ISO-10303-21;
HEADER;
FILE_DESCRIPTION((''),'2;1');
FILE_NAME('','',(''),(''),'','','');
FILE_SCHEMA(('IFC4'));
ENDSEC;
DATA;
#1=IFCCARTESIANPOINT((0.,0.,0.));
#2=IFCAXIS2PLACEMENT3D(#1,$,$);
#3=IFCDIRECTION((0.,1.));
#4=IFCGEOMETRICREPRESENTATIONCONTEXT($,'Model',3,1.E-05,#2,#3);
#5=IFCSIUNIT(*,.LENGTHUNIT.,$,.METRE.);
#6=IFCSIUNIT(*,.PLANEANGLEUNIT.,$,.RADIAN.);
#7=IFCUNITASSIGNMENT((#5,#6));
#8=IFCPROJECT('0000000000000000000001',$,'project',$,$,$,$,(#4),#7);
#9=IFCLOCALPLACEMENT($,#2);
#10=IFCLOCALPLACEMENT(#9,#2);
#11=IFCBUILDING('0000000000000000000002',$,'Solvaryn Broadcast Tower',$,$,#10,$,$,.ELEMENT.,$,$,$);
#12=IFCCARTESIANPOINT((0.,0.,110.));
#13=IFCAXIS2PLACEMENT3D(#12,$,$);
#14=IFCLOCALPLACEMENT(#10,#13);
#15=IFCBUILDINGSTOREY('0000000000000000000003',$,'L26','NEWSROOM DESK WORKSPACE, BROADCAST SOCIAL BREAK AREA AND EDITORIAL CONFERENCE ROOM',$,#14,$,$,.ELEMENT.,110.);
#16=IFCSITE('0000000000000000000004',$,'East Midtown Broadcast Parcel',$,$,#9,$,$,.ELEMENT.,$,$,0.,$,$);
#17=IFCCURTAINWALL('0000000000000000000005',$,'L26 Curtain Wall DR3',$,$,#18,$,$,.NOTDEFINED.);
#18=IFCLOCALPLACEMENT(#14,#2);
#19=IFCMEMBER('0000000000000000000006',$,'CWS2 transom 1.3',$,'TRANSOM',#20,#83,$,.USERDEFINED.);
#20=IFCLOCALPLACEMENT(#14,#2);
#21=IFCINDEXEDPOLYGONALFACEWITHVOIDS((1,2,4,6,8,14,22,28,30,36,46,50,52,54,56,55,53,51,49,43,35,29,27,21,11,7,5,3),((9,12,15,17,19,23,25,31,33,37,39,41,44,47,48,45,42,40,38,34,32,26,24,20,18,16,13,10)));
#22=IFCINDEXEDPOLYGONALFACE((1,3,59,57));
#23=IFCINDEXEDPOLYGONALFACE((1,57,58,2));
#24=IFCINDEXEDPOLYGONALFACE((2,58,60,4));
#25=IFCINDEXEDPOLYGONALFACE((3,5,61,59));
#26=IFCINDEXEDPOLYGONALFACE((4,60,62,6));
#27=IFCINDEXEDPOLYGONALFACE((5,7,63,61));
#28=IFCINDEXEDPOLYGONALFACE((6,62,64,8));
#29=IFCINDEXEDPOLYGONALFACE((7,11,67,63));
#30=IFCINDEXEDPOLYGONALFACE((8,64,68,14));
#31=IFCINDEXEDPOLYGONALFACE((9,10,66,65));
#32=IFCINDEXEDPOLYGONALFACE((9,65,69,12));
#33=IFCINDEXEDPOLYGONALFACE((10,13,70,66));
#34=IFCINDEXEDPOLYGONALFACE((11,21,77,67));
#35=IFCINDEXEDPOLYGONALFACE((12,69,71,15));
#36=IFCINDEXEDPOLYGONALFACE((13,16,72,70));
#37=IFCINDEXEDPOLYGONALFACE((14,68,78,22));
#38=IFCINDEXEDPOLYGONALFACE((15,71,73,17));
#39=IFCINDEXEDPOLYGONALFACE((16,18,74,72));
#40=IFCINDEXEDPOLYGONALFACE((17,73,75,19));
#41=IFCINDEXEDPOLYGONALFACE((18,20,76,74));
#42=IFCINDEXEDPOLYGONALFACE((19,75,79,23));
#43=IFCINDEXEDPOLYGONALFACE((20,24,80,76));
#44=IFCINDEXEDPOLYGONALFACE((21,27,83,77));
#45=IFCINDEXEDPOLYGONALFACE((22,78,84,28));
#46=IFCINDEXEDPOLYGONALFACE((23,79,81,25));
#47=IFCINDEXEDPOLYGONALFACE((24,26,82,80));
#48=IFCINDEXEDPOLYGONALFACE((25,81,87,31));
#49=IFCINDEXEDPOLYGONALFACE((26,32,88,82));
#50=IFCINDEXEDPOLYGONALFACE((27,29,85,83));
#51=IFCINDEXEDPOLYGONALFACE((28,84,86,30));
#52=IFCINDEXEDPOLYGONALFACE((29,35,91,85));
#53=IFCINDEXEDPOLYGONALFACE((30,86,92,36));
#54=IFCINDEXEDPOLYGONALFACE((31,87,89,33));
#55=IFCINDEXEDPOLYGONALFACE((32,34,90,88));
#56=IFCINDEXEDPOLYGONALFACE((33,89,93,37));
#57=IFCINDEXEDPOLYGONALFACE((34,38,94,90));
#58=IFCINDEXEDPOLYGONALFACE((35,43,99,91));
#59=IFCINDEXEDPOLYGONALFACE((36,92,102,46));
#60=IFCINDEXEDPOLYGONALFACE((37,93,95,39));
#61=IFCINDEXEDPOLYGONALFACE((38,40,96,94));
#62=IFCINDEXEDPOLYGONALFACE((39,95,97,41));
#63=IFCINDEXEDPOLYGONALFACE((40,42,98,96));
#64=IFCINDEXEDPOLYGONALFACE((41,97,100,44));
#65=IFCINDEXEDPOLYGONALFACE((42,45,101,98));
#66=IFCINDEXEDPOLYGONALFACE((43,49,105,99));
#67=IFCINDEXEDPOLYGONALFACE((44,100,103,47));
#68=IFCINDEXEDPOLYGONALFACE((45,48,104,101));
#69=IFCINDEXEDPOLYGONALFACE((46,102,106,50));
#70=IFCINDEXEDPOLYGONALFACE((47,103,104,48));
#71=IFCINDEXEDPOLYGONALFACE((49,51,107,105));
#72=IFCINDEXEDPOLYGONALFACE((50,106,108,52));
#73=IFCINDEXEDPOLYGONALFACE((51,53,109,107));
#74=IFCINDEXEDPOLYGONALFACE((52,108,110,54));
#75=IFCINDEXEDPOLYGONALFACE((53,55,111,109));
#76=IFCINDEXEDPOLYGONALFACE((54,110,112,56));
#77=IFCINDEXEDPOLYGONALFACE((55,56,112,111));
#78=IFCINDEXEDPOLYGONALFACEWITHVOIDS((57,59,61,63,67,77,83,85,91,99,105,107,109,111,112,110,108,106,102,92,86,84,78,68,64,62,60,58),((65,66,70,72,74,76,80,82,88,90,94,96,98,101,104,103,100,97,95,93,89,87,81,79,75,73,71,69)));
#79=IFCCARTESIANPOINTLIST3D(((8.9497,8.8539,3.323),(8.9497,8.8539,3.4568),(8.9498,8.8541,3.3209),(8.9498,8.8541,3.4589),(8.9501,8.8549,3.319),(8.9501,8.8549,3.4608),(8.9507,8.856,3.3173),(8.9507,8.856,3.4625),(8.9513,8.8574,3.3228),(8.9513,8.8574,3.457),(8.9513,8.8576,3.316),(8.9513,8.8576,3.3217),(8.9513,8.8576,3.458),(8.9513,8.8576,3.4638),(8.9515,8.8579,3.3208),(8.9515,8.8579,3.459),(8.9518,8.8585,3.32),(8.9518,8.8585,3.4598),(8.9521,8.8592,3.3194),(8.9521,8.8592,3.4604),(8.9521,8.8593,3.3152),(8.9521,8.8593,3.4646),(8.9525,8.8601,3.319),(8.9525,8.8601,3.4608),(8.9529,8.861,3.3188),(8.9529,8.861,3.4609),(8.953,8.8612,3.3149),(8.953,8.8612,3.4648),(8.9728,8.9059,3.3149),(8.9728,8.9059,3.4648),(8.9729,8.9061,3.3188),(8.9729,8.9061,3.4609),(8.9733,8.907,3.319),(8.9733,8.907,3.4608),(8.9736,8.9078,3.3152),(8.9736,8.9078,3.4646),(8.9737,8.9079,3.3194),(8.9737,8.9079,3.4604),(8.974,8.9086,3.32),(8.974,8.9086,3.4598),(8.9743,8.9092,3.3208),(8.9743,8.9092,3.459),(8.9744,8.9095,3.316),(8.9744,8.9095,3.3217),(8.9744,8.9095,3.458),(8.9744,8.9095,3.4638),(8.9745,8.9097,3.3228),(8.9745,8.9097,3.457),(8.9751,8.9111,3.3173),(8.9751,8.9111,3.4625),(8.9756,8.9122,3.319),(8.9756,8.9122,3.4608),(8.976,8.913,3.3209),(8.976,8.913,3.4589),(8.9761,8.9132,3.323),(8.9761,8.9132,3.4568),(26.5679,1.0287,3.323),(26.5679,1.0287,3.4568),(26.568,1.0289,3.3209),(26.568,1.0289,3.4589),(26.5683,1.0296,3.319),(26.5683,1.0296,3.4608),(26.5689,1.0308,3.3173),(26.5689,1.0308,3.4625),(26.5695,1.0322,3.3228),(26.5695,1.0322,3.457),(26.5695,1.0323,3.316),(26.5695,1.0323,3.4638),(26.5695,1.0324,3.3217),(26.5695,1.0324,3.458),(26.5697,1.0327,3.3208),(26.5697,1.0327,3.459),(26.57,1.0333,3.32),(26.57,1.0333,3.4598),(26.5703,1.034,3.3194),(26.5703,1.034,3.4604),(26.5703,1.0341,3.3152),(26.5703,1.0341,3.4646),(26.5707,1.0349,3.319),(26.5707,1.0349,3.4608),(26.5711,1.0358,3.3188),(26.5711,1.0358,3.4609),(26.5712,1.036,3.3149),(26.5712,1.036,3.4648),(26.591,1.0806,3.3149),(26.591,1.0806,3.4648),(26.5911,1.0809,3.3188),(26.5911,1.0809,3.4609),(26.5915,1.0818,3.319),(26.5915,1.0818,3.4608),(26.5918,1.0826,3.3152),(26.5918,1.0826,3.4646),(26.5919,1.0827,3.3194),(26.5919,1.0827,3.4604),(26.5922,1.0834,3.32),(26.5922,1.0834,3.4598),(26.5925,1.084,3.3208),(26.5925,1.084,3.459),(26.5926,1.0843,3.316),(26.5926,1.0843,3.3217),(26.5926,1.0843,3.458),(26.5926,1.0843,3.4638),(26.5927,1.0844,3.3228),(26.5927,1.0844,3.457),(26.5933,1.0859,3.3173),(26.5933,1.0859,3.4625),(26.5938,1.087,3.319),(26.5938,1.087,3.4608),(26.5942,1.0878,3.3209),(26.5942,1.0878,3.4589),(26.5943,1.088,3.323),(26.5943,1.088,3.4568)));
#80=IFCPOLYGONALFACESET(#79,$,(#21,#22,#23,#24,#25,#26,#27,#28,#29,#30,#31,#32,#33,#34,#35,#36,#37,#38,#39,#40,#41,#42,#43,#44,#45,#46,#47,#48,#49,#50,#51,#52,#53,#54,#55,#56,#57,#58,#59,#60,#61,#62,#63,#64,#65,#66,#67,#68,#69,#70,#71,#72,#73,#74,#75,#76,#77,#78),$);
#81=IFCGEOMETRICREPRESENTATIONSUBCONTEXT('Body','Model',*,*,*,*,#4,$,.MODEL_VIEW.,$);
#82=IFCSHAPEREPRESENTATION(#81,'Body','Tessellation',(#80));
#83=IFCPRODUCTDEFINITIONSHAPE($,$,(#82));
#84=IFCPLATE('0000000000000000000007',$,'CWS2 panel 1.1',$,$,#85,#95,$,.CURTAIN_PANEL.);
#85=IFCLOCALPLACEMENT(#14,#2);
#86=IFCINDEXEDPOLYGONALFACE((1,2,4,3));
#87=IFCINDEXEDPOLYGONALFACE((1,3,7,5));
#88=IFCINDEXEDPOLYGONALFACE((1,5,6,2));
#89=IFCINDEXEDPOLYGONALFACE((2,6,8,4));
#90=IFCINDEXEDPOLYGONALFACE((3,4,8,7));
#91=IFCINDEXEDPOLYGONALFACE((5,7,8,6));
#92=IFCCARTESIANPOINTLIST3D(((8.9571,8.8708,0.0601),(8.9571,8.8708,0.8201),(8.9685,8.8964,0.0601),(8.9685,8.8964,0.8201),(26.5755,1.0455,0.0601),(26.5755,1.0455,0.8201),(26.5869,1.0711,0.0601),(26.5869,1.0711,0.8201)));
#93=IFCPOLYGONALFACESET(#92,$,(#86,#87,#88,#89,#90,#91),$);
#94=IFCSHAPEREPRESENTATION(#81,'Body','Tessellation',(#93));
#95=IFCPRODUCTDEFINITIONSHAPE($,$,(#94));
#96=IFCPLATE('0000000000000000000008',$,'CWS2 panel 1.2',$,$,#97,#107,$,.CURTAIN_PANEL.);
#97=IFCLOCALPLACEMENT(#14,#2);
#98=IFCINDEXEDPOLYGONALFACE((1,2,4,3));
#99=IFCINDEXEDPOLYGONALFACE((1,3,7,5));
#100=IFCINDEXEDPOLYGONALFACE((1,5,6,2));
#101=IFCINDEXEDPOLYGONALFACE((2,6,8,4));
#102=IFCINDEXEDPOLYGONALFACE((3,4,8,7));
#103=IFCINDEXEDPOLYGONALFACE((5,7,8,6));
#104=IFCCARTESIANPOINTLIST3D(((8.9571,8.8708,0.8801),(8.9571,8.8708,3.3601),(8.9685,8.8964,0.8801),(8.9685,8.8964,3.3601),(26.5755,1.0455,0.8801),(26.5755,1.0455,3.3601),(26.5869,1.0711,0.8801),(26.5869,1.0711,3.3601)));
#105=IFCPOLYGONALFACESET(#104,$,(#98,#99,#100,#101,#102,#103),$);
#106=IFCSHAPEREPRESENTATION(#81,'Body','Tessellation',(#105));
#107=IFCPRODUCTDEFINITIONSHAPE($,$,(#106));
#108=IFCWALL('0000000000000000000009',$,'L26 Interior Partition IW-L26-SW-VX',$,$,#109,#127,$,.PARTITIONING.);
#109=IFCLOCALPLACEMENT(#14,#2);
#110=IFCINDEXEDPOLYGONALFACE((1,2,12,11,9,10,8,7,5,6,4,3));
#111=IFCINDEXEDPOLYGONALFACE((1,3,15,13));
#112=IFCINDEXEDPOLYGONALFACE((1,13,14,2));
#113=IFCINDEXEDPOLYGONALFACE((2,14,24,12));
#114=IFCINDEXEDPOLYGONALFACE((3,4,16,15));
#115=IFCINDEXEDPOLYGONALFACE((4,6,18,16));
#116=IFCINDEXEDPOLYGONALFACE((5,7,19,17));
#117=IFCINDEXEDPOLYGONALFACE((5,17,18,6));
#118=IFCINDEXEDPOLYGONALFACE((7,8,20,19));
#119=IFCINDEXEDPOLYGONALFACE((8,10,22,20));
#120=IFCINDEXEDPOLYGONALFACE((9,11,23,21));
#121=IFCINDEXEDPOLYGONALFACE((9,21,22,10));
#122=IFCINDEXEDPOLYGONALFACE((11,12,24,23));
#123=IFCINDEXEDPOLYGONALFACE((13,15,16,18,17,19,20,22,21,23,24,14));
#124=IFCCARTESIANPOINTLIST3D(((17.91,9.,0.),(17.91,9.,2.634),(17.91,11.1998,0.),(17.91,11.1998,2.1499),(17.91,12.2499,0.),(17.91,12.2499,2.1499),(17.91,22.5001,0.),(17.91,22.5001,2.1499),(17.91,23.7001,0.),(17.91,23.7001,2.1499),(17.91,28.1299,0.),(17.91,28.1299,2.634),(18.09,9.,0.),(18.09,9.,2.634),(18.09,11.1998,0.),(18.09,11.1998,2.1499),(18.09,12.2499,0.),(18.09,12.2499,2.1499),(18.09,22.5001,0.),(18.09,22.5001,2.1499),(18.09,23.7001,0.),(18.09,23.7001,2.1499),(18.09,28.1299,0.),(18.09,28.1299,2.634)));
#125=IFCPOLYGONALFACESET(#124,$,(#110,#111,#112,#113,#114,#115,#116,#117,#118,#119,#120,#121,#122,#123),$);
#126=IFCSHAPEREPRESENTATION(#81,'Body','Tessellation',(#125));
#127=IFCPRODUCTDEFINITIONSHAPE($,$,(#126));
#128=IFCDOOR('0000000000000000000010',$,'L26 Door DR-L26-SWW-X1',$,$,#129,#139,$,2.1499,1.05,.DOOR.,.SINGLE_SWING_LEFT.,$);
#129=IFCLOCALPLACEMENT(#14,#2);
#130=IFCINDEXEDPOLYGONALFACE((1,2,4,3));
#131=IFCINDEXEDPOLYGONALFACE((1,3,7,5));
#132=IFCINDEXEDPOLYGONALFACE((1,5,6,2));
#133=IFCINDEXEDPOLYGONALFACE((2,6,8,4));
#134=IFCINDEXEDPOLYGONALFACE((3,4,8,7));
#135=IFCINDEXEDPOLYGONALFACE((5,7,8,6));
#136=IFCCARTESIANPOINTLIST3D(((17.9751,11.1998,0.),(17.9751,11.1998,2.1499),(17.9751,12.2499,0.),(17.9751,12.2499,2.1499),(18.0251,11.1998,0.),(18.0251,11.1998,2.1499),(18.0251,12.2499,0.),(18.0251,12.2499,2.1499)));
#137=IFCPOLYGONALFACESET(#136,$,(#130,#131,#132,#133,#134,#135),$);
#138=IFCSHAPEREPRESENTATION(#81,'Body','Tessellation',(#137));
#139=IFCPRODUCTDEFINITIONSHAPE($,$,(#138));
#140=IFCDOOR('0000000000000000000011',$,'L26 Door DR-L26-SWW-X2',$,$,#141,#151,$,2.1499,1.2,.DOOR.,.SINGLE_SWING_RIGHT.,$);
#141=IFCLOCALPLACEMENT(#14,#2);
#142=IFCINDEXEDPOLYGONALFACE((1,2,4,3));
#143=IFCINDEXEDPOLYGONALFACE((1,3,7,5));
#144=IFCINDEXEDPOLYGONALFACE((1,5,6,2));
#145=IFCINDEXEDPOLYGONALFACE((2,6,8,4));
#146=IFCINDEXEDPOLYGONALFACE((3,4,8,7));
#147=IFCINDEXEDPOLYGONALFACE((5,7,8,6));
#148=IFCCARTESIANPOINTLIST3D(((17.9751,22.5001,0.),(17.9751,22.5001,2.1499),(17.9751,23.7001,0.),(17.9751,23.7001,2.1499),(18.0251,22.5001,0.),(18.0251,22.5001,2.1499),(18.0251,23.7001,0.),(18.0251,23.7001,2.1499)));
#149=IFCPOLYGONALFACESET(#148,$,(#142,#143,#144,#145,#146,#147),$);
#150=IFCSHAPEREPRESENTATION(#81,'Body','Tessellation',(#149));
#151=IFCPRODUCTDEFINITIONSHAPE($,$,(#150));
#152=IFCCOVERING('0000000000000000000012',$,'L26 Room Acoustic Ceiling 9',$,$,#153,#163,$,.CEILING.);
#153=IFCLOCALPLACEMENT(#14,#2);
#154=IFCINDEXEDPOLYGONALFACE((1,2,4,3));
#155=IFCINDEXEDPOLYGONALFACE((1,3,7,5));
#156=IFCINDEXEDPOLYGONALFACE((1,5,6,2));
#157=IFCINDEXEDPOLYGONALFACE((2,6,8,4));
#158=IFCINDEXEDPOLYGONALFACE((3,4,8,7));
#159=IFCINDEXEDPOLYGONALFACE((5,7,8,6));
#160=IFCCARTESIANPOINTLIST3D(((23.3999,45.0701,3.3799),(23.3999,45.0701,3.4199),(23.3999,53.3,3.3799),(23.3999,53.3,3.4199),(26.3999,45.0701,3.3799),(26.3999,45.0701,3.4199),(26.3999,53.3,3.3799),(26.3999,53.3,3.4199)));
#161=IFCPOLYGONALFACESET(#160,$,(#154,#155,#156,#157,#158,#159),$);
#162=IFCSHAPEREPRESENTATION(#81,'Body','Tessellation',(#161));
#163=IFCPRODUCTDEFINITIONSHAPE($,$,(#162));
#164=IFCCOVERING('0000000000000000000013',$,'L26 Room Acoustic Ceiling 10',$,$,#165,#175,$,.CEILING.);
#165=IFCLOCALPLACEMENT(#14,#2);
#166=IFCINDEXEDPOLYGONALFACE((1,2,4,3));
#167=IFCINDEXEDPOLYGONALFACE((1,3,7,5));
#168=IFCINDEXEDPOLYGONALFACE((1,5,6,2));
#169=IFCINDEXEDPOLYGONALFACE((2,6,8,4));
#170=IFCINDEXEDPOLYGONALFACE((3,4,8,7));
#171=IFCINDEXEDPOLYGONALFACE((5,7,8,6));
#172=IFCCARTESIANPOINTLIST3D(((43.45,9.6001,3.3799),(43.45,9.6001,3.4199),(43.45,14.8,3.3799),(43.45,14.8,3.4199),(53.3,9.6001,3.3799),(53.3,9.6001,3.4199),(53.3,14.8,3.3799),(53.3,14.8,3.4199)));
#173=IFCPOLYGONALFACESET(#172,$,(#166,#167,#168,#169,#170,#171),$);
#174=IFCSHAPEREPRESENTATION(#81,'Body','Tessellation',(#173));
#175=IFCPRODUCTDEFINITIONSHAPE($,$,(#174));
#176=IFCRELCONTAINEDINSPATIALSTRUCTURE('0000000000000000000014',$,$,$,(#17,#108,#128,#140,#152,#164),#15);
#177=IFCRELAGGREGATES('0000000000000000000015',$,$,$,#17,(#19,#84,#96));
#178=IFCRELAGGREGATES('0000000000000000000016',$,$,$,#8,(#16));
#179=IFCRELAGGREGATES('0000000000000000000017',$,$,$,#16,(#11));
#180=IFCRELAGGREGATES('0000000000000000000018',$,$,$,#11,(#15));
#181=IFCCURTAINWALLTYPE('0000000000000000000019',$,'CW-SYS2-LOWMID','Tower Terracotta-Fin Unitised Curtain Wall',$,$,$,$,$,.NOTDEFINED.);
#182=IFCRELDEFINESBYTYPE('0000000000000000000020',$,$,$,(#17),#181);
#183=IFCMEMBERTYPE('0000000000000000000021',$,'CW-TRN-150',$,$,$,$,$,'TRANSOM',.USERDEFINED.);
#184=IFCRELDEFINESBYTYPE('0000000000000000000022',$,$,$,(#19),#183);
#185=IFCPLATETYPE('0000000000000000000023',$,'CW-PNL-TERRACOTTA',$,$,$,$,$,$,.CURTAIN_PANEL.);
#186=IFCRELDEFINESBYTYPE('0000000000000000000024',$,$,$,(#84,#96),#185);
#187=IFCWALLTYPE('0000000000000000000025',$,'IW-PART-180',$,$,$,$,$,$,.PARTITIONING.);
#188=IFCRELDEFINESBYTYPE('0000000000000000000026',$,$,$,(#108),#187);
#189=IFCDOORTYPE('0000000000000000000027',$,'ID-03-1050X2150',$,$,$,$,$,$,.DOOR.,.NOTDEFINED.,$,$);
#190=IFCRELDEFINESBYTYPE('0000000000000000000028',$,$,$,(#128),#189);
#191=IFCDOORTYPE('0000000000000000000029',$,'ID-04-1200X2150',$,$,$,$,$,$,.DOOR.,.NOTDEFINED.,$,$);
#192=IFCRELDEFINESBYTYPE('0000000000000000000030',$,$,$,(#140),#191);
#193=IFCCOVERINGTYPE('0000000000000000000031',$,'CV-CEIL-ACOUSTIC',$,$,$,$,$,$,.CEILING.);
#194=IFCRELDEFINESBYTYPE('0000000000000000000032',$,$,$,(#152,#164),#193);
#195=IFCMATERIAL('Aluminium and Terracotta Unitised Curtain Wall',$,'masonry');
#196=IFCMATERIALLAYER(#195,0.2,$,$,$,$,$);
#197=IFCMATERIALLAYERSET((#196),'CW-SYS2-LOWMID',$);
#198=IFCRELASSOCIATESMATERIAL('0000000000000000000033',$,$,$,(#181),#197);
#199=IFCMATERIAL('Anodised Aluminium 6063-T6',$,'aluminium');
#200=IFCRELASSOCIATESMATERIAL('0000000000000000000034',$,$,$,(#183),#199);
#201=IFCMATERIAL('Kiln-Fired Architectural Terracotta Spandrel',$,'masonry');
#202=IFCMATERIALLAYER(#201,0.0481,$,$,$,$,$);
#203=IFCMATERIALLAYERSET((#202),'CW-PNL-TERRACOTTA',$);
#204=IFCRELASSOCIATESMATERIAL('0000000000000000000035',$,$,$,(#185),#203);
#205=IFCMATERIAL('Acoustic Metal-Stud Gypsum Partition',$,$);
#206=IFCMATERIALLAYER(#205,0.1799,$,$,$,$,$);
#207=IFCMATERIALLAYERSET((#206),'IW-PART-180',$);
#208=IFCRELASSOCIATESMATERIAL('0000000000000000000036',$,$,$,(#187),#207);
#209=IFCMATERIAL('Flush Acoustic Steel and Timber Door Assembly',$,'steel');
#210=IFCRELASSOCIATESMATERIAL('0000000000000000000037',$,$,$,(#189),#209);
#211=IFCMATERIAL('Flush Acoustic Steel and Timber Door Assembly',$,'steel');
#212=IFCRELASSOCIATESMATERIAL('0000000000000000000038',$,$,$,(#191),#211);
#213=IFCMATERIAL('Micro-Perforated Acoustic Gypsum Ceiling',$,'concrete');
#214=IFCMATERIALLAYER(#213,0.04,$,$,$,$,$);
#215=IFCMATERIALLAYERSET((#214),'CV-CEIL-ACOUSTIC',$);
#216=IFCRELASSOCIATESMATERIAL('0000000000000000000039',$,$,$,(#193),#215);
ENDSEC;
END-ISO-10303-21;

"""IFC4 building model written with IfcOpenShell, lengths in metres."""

from ifc_helpers import new_model, si_unit, direction, frame, frame_2d, origin, origin_2d, place, context, subcontext, project, spatial, polyline, rectangle, hollow_rectangle, outline, extrude, material, layer, layer_set, material_profile, profile_set, type_object, element, fill, aggregate, save


model = new_model("IFC4")

# Units and contexts
model_context = context("Model", 3, precision=1e-05, world=origin(), true_north=direction((0.0, 1.0)))
body_context = subcontext(model_context, "Body", "Model", "MODEL_VIEW")
ifc_project = project(units=[si_unit("LENGTHUNIT", "METRE"), si_unit("PLANEANGLEUNIT", "RADIAN")], contexts=[model_context])

# Site, building, storey
site_placement = place(None, origin())
site = spatial("IfcSite", under=ifc_project, at=site_placement, Name="East Midtown Broadcast Parcel", CompositionType="ELEMENT", RefElevation=0.0)
building_placement = place(site_placement, origin())
building = spatial("IfcBuilding", under=site, at=building_placement, Name="Solvaryn Broadcast Tower", CompositionType="ELEMENT")
storey_placement = place(building_placement, frame((0.0, 0.0, 110.0)))
storey = spatial("IfcBuildingStorey", under=building, at=storey_placement, Name="L26", Description="NEWSROOM DESK WORKSPACE, BROADCAST SOCIAL BREAK AREA AND EDITORIAL CONFERENCE ROOM", CompositionType="ELEMENT", Elevation=110.0)

# Shared definitions
ifc_material_1 = material(Name="Aluminium and Terracotta Unitised Curtain Wall", Category="masonry")
ifc_layer_1 = layer(ifc_material_1, 0.2)
ifc_layer_set_1 = layer_set([ifc_layer_1], Name="CW-SYS2-LOWMID")
curtain_wall_type = type_object("IfcCurtainWallType", Name="CW-SYS2-LOWMID", Description="Tower Terracotta-Fin Unitised Curtain Wall", PredefinedType="NOTDEFINED", material=ifc_layer_set_1)

# Curtain wall, member, plates
curtain_wall_1_placement = place(storey_placement, origin())
curtain_wall_1 = element("IfcCurtainWall", 1, at=curtain_wall_1_placement, inside=storey, type_object=curtain_wall_type, Name="L26 Curtain Wall DR3", PredefinedType="NOTDEFINED")
ifc_material_2 = material(Name="Anodised Aluminium 6063-T6", Category="aluminium")
ifc_material_profile_1 = material_profile(ifc_material_2, hollow_rectangle(XDim=0.0649, YDim=0.1499, WallThickness=0.0039, InnerFilletRadius=0.0039, OuterFilletRadius=0.0081, at=origin_2d()))
ifc_profile_set_1 = profile_set([ifc_material_profile_1], Name="Anodised Aluminium 6063-T6")
member_type_1 = type_object("IfcMemberType", Name="CW-TRN-150", ElementType="TRANSOM", PredefinedType="USERDEFINED", material=ifc_profile_set_1)
member_1_placement = place(storey_placement, frame((8.9629, 8.8835, 3.3899), z_axis=(0.91391, -0.405918, 0.0), x_axis=(0.405918, 0.91391, 0.0)))
member_1 = element("IfcMember", 2, at=member_1_placement, type_object=member_type_1, Name="CWS2 transom 1.3", ObjectType="TRANSOM", PredefinedType="USERDEFINED", context=body_context, shape_type="SweptSolid", body=[
    extrude(hollow_rectangle(XDim=0.0649, YDim=0.1499, WallThickness=0.0039, InnerFilletRadius=0.0039, OuterFilletRadius=0.0081, at=origin_2d()), origin(), (0.0, 0.0, 1.0), 19.2778),
])
ifc_material_3 = material(Name="Kiln-Fired Architectural Terracotta Spandrel", Category="masonry")
ifc_layer_2 = layer(ifc_material_3, 0.0481)
ifc_layer_set_2 = layer_set([ifc_layer_2], Name="CW-PNL-TERRACOTTA")
plate_type = type_object("IfcPlateType", Name="CW-PNL-TERRACOTTA", PredefinedType="CURTAIN_PANEL", material=ifc_layer_set_2)
plate_1_placement = place(storey_placement, frame((17.772, 4.9709, 0.0601), z_axis=(0.0, 0.0, 1.0), x_axis=(0.913909, -0.405918, 0.0)))
plate_1 = element("IfcPlate", 3, at=plate_1_placement, type_object=plate_type, Name="CWS2 panel 1.1", PredefinedType="CURTAIN_PANEL", context=body_context, shape_type="SweptSolid", body=[
    extrude(rectangle(XDim=19.2781, YDim=0.0281, at=origin_2d()), origin(), (0.0, 0.0, 1.0), 0.76),
])
plate_2_placement = place(storey_placement, frame((17.772, 4.9709, 0.8801), z_axis=(0.0, 0.0, 1.0), x_axis=(0.913909, -0.405918, 0.0)))
plate_2 = element("IfcPlate", 4, at=plate_2_placement, type_object=plate_type, Name="CWS2 panel 1.2", PredefinedType="CURTAIN_PANEL", context=body_context, shape_type="SweptSolid", body=[
    extrude(rectangle(XDim=19.2781, YDim=0.0281, at=origin_2d()), origin(), (0.0, 0.0, 1.0), 2.48),
])
aggregate(curtain_wall_1, [member_1, plate_1, plate_2])

# Wall, openings, doors
ifc_material_4 = material(Name="Acoustic Metal-Stud Gypsum Partition")
ifc_layer_3 = layer(ifc_material_4, 0.1799)
ifc_layer_set_3 = layer_set([ifc_layer_3], Name="IW-PART-180")
wall_type = type_object("IfcWallType", Name="IW-PART-180", PredefinedType="PARTITIONING", material=ifc_layer_set_3)
wall_placement = place(storey_placement, frame((18.0, 9.0, 0.0), z_axis=(0.0, 0.0, 1.0), x_axis=(0.0, 1.0, 0.0)))
wall = element("IfcWall", 5, at=wall_placement, inside=storey, type_object=wall_type, Name="L26 Interior Partition IW-L26-SW-VX", PredefinedType="PARTITIONING", context=body_context, shape_type="SweptSolid", body=[
    extrude(rectangle(XDim=19.1299, YDim=0.1799, at=frame_2d((9.5649, 0.0))), origin(), (0.0, 0.0, 1.0), 2.634),
])
opening_1_placement = place(wall_placement, frame((2.2, 0.0, 0.0)))
opening_1 = element("IfcOpeningElement", 6, at=opening_1_placement, cuts=wall, PredefinedType="OPENING", context=body_context, shape_type="SweptSolid", body=[
    extrude(rectangle(XDim=1.05, YDim=2.1499, at=frame_2d((0.5249, 1.075))), frame((0.0, 0.0999, 0.0), z_axis=(0.0, -1.0, 0.0), x_axis=(1.0, 0.0, 0.0)), (0.0, 0.0, 1.0), 0.2),
])
opening_2_placement = place(wall_placement, frame((13.5, 0.0, 0.0)))
opening_2 = element("IfcOpeningElement", 7, at=opening_2_placement, cuts=wall, PredefinedType="OPENING", context=body_context, shape_type="SweptSolid", body=[
    extrude(rectangle(XDim=1.2, YDim=2.1499, at=frame_2d((0.6001, 1.075))), frame((0.0, 0.0999, 0.0), z_axis=(0.0, -1.0, 0.0), x_axis=(1.0, 0.0, 0.0)), (0.0, 0.0, 1.0), 0.2),
])
ifc_material_5 = material(Name="Flush Acoustic Steel and Timber Door Assembly", Category="steel")
door_type_1 = type_object("IfcDoorType", Name="ID-03-1050X2150", OperationType="NOTDEFINED", PredefinedType="DOOR", material=ifc_material_5)
door_1_placement = place(opening_1_placement, origin())
door_1 = element("IfcDoor", 8, at=door_1_placement, inside=storey, type_object=door_type_1, Name="L26 Door DR-L26-SWW-X1", OperationType="SINGLE_SWING_LEFT", OverallHeight=2.1499, OverallWidth=1.05, PredefinedType="DOOR", context=body_context, shape_type="SweptSolid", body=[
    extrude(rectangle(XDim=1.05, YDim=2.1499, at=frame_2d((0.5249, 1.075))), frame((0.0, 0.0249, 0.0), z_axis=(0.0, -1.0, 0.0), x_axis=(1.0, 0.0, 0.0)), (0.0, 0.0, 1.0), 0.05),
])
fill(opening_1, door_1)
ifc_material_6 = material(Name="Flush Acoustic Steel and Timber Door Assembly", Category="steel")
door_type_2 = type_object("IfcDoorType", Name="ID-04-1200X2150", OperationType="NOTDEFINED", PredefinedType="DOOR", material=ifc_material_6)
door_2_placement = place(opening_2_placement, origin())
door_2 = element("IfcDoor", 9, at=door_2_placement, inside=storey, type_object=door_type_2, Name="L26 Door DR-L26-SWW-X2", OperationType="SINGLE_SWING_RIGHT", OverallHeight=2.1499, OverallWidth=1.2, PredefinedType="DOOR", context=body_context, shape_type="SweptSolid", body=[
    extrude(rectangle(XDim=1.2, YDim=2.1499, at=frame_2d((0.6001, 1.075))), frame((0.0, 0.0249, 0.0), z_axis=(0.0, -1.0, 0.0), x_axis=(1.0, 0.0, 0.0)), (0.0, 0.0, 1.0), 0.05),
])
fill(opening_2, door_2)

# Coverings
ifc_material_7 = material(Name="Micro-Perforated Acoustic Gypsum Ceiling", Category="concrete")
ifc_layer_4 = layer(ifc_material_7, 0.04)
ifc_layer_set_4 = layer_set([ifc_layer_4], Name="CV-CEIL-ACOUSTIC")
covering_type_1 = type_object("IfcCoveringType", Name="CV-CEIL-ACOUSTIC", PredefinedType="CEILING", material=ifc_layer_set_4)
covering_1_placement = place(storey_placement, frame((0.0, 0.0, 3.3799)))
element("IfcCovering", 10, at=covering_1_placement, inside=storey, type_object=covering_type_1, Name="L26 Room Acoustic Ceiling 9", PredefinedType="CEILING", context=body_context, shape_type="SweptSolid", body=[
    extrude(outline(polyline([(23.3999, 45.0701), (26.3999, 45.0701), (26.3999, 53.3), (23.3999, 53.3), (23.3999, 45.0701)])), origin(), (0.0, 0.0, 1.0), 0.04),
])
covering_2_placement = place(storey_placement, frame((0.0, 0.0, 3.3799)))
element("IfcCovering", 11, at=covering_2_placement, inside=storey, type_object=covering_type_1, Name="L26 Room Acoustic Ceiling 10", PredefinedType="CEILING", context=body_context, shape_type="SweptSolid", body=[
    extrude(outline(polyline([(43.45, 9.6001), (53.3, 9.6001), (53.3, 14.8), (43.45, 14.8), (43.45, 9.6001)])), origin(), (0.0, 0.0, 1.0), 0.04),
])

save(model, "model.ifc")
